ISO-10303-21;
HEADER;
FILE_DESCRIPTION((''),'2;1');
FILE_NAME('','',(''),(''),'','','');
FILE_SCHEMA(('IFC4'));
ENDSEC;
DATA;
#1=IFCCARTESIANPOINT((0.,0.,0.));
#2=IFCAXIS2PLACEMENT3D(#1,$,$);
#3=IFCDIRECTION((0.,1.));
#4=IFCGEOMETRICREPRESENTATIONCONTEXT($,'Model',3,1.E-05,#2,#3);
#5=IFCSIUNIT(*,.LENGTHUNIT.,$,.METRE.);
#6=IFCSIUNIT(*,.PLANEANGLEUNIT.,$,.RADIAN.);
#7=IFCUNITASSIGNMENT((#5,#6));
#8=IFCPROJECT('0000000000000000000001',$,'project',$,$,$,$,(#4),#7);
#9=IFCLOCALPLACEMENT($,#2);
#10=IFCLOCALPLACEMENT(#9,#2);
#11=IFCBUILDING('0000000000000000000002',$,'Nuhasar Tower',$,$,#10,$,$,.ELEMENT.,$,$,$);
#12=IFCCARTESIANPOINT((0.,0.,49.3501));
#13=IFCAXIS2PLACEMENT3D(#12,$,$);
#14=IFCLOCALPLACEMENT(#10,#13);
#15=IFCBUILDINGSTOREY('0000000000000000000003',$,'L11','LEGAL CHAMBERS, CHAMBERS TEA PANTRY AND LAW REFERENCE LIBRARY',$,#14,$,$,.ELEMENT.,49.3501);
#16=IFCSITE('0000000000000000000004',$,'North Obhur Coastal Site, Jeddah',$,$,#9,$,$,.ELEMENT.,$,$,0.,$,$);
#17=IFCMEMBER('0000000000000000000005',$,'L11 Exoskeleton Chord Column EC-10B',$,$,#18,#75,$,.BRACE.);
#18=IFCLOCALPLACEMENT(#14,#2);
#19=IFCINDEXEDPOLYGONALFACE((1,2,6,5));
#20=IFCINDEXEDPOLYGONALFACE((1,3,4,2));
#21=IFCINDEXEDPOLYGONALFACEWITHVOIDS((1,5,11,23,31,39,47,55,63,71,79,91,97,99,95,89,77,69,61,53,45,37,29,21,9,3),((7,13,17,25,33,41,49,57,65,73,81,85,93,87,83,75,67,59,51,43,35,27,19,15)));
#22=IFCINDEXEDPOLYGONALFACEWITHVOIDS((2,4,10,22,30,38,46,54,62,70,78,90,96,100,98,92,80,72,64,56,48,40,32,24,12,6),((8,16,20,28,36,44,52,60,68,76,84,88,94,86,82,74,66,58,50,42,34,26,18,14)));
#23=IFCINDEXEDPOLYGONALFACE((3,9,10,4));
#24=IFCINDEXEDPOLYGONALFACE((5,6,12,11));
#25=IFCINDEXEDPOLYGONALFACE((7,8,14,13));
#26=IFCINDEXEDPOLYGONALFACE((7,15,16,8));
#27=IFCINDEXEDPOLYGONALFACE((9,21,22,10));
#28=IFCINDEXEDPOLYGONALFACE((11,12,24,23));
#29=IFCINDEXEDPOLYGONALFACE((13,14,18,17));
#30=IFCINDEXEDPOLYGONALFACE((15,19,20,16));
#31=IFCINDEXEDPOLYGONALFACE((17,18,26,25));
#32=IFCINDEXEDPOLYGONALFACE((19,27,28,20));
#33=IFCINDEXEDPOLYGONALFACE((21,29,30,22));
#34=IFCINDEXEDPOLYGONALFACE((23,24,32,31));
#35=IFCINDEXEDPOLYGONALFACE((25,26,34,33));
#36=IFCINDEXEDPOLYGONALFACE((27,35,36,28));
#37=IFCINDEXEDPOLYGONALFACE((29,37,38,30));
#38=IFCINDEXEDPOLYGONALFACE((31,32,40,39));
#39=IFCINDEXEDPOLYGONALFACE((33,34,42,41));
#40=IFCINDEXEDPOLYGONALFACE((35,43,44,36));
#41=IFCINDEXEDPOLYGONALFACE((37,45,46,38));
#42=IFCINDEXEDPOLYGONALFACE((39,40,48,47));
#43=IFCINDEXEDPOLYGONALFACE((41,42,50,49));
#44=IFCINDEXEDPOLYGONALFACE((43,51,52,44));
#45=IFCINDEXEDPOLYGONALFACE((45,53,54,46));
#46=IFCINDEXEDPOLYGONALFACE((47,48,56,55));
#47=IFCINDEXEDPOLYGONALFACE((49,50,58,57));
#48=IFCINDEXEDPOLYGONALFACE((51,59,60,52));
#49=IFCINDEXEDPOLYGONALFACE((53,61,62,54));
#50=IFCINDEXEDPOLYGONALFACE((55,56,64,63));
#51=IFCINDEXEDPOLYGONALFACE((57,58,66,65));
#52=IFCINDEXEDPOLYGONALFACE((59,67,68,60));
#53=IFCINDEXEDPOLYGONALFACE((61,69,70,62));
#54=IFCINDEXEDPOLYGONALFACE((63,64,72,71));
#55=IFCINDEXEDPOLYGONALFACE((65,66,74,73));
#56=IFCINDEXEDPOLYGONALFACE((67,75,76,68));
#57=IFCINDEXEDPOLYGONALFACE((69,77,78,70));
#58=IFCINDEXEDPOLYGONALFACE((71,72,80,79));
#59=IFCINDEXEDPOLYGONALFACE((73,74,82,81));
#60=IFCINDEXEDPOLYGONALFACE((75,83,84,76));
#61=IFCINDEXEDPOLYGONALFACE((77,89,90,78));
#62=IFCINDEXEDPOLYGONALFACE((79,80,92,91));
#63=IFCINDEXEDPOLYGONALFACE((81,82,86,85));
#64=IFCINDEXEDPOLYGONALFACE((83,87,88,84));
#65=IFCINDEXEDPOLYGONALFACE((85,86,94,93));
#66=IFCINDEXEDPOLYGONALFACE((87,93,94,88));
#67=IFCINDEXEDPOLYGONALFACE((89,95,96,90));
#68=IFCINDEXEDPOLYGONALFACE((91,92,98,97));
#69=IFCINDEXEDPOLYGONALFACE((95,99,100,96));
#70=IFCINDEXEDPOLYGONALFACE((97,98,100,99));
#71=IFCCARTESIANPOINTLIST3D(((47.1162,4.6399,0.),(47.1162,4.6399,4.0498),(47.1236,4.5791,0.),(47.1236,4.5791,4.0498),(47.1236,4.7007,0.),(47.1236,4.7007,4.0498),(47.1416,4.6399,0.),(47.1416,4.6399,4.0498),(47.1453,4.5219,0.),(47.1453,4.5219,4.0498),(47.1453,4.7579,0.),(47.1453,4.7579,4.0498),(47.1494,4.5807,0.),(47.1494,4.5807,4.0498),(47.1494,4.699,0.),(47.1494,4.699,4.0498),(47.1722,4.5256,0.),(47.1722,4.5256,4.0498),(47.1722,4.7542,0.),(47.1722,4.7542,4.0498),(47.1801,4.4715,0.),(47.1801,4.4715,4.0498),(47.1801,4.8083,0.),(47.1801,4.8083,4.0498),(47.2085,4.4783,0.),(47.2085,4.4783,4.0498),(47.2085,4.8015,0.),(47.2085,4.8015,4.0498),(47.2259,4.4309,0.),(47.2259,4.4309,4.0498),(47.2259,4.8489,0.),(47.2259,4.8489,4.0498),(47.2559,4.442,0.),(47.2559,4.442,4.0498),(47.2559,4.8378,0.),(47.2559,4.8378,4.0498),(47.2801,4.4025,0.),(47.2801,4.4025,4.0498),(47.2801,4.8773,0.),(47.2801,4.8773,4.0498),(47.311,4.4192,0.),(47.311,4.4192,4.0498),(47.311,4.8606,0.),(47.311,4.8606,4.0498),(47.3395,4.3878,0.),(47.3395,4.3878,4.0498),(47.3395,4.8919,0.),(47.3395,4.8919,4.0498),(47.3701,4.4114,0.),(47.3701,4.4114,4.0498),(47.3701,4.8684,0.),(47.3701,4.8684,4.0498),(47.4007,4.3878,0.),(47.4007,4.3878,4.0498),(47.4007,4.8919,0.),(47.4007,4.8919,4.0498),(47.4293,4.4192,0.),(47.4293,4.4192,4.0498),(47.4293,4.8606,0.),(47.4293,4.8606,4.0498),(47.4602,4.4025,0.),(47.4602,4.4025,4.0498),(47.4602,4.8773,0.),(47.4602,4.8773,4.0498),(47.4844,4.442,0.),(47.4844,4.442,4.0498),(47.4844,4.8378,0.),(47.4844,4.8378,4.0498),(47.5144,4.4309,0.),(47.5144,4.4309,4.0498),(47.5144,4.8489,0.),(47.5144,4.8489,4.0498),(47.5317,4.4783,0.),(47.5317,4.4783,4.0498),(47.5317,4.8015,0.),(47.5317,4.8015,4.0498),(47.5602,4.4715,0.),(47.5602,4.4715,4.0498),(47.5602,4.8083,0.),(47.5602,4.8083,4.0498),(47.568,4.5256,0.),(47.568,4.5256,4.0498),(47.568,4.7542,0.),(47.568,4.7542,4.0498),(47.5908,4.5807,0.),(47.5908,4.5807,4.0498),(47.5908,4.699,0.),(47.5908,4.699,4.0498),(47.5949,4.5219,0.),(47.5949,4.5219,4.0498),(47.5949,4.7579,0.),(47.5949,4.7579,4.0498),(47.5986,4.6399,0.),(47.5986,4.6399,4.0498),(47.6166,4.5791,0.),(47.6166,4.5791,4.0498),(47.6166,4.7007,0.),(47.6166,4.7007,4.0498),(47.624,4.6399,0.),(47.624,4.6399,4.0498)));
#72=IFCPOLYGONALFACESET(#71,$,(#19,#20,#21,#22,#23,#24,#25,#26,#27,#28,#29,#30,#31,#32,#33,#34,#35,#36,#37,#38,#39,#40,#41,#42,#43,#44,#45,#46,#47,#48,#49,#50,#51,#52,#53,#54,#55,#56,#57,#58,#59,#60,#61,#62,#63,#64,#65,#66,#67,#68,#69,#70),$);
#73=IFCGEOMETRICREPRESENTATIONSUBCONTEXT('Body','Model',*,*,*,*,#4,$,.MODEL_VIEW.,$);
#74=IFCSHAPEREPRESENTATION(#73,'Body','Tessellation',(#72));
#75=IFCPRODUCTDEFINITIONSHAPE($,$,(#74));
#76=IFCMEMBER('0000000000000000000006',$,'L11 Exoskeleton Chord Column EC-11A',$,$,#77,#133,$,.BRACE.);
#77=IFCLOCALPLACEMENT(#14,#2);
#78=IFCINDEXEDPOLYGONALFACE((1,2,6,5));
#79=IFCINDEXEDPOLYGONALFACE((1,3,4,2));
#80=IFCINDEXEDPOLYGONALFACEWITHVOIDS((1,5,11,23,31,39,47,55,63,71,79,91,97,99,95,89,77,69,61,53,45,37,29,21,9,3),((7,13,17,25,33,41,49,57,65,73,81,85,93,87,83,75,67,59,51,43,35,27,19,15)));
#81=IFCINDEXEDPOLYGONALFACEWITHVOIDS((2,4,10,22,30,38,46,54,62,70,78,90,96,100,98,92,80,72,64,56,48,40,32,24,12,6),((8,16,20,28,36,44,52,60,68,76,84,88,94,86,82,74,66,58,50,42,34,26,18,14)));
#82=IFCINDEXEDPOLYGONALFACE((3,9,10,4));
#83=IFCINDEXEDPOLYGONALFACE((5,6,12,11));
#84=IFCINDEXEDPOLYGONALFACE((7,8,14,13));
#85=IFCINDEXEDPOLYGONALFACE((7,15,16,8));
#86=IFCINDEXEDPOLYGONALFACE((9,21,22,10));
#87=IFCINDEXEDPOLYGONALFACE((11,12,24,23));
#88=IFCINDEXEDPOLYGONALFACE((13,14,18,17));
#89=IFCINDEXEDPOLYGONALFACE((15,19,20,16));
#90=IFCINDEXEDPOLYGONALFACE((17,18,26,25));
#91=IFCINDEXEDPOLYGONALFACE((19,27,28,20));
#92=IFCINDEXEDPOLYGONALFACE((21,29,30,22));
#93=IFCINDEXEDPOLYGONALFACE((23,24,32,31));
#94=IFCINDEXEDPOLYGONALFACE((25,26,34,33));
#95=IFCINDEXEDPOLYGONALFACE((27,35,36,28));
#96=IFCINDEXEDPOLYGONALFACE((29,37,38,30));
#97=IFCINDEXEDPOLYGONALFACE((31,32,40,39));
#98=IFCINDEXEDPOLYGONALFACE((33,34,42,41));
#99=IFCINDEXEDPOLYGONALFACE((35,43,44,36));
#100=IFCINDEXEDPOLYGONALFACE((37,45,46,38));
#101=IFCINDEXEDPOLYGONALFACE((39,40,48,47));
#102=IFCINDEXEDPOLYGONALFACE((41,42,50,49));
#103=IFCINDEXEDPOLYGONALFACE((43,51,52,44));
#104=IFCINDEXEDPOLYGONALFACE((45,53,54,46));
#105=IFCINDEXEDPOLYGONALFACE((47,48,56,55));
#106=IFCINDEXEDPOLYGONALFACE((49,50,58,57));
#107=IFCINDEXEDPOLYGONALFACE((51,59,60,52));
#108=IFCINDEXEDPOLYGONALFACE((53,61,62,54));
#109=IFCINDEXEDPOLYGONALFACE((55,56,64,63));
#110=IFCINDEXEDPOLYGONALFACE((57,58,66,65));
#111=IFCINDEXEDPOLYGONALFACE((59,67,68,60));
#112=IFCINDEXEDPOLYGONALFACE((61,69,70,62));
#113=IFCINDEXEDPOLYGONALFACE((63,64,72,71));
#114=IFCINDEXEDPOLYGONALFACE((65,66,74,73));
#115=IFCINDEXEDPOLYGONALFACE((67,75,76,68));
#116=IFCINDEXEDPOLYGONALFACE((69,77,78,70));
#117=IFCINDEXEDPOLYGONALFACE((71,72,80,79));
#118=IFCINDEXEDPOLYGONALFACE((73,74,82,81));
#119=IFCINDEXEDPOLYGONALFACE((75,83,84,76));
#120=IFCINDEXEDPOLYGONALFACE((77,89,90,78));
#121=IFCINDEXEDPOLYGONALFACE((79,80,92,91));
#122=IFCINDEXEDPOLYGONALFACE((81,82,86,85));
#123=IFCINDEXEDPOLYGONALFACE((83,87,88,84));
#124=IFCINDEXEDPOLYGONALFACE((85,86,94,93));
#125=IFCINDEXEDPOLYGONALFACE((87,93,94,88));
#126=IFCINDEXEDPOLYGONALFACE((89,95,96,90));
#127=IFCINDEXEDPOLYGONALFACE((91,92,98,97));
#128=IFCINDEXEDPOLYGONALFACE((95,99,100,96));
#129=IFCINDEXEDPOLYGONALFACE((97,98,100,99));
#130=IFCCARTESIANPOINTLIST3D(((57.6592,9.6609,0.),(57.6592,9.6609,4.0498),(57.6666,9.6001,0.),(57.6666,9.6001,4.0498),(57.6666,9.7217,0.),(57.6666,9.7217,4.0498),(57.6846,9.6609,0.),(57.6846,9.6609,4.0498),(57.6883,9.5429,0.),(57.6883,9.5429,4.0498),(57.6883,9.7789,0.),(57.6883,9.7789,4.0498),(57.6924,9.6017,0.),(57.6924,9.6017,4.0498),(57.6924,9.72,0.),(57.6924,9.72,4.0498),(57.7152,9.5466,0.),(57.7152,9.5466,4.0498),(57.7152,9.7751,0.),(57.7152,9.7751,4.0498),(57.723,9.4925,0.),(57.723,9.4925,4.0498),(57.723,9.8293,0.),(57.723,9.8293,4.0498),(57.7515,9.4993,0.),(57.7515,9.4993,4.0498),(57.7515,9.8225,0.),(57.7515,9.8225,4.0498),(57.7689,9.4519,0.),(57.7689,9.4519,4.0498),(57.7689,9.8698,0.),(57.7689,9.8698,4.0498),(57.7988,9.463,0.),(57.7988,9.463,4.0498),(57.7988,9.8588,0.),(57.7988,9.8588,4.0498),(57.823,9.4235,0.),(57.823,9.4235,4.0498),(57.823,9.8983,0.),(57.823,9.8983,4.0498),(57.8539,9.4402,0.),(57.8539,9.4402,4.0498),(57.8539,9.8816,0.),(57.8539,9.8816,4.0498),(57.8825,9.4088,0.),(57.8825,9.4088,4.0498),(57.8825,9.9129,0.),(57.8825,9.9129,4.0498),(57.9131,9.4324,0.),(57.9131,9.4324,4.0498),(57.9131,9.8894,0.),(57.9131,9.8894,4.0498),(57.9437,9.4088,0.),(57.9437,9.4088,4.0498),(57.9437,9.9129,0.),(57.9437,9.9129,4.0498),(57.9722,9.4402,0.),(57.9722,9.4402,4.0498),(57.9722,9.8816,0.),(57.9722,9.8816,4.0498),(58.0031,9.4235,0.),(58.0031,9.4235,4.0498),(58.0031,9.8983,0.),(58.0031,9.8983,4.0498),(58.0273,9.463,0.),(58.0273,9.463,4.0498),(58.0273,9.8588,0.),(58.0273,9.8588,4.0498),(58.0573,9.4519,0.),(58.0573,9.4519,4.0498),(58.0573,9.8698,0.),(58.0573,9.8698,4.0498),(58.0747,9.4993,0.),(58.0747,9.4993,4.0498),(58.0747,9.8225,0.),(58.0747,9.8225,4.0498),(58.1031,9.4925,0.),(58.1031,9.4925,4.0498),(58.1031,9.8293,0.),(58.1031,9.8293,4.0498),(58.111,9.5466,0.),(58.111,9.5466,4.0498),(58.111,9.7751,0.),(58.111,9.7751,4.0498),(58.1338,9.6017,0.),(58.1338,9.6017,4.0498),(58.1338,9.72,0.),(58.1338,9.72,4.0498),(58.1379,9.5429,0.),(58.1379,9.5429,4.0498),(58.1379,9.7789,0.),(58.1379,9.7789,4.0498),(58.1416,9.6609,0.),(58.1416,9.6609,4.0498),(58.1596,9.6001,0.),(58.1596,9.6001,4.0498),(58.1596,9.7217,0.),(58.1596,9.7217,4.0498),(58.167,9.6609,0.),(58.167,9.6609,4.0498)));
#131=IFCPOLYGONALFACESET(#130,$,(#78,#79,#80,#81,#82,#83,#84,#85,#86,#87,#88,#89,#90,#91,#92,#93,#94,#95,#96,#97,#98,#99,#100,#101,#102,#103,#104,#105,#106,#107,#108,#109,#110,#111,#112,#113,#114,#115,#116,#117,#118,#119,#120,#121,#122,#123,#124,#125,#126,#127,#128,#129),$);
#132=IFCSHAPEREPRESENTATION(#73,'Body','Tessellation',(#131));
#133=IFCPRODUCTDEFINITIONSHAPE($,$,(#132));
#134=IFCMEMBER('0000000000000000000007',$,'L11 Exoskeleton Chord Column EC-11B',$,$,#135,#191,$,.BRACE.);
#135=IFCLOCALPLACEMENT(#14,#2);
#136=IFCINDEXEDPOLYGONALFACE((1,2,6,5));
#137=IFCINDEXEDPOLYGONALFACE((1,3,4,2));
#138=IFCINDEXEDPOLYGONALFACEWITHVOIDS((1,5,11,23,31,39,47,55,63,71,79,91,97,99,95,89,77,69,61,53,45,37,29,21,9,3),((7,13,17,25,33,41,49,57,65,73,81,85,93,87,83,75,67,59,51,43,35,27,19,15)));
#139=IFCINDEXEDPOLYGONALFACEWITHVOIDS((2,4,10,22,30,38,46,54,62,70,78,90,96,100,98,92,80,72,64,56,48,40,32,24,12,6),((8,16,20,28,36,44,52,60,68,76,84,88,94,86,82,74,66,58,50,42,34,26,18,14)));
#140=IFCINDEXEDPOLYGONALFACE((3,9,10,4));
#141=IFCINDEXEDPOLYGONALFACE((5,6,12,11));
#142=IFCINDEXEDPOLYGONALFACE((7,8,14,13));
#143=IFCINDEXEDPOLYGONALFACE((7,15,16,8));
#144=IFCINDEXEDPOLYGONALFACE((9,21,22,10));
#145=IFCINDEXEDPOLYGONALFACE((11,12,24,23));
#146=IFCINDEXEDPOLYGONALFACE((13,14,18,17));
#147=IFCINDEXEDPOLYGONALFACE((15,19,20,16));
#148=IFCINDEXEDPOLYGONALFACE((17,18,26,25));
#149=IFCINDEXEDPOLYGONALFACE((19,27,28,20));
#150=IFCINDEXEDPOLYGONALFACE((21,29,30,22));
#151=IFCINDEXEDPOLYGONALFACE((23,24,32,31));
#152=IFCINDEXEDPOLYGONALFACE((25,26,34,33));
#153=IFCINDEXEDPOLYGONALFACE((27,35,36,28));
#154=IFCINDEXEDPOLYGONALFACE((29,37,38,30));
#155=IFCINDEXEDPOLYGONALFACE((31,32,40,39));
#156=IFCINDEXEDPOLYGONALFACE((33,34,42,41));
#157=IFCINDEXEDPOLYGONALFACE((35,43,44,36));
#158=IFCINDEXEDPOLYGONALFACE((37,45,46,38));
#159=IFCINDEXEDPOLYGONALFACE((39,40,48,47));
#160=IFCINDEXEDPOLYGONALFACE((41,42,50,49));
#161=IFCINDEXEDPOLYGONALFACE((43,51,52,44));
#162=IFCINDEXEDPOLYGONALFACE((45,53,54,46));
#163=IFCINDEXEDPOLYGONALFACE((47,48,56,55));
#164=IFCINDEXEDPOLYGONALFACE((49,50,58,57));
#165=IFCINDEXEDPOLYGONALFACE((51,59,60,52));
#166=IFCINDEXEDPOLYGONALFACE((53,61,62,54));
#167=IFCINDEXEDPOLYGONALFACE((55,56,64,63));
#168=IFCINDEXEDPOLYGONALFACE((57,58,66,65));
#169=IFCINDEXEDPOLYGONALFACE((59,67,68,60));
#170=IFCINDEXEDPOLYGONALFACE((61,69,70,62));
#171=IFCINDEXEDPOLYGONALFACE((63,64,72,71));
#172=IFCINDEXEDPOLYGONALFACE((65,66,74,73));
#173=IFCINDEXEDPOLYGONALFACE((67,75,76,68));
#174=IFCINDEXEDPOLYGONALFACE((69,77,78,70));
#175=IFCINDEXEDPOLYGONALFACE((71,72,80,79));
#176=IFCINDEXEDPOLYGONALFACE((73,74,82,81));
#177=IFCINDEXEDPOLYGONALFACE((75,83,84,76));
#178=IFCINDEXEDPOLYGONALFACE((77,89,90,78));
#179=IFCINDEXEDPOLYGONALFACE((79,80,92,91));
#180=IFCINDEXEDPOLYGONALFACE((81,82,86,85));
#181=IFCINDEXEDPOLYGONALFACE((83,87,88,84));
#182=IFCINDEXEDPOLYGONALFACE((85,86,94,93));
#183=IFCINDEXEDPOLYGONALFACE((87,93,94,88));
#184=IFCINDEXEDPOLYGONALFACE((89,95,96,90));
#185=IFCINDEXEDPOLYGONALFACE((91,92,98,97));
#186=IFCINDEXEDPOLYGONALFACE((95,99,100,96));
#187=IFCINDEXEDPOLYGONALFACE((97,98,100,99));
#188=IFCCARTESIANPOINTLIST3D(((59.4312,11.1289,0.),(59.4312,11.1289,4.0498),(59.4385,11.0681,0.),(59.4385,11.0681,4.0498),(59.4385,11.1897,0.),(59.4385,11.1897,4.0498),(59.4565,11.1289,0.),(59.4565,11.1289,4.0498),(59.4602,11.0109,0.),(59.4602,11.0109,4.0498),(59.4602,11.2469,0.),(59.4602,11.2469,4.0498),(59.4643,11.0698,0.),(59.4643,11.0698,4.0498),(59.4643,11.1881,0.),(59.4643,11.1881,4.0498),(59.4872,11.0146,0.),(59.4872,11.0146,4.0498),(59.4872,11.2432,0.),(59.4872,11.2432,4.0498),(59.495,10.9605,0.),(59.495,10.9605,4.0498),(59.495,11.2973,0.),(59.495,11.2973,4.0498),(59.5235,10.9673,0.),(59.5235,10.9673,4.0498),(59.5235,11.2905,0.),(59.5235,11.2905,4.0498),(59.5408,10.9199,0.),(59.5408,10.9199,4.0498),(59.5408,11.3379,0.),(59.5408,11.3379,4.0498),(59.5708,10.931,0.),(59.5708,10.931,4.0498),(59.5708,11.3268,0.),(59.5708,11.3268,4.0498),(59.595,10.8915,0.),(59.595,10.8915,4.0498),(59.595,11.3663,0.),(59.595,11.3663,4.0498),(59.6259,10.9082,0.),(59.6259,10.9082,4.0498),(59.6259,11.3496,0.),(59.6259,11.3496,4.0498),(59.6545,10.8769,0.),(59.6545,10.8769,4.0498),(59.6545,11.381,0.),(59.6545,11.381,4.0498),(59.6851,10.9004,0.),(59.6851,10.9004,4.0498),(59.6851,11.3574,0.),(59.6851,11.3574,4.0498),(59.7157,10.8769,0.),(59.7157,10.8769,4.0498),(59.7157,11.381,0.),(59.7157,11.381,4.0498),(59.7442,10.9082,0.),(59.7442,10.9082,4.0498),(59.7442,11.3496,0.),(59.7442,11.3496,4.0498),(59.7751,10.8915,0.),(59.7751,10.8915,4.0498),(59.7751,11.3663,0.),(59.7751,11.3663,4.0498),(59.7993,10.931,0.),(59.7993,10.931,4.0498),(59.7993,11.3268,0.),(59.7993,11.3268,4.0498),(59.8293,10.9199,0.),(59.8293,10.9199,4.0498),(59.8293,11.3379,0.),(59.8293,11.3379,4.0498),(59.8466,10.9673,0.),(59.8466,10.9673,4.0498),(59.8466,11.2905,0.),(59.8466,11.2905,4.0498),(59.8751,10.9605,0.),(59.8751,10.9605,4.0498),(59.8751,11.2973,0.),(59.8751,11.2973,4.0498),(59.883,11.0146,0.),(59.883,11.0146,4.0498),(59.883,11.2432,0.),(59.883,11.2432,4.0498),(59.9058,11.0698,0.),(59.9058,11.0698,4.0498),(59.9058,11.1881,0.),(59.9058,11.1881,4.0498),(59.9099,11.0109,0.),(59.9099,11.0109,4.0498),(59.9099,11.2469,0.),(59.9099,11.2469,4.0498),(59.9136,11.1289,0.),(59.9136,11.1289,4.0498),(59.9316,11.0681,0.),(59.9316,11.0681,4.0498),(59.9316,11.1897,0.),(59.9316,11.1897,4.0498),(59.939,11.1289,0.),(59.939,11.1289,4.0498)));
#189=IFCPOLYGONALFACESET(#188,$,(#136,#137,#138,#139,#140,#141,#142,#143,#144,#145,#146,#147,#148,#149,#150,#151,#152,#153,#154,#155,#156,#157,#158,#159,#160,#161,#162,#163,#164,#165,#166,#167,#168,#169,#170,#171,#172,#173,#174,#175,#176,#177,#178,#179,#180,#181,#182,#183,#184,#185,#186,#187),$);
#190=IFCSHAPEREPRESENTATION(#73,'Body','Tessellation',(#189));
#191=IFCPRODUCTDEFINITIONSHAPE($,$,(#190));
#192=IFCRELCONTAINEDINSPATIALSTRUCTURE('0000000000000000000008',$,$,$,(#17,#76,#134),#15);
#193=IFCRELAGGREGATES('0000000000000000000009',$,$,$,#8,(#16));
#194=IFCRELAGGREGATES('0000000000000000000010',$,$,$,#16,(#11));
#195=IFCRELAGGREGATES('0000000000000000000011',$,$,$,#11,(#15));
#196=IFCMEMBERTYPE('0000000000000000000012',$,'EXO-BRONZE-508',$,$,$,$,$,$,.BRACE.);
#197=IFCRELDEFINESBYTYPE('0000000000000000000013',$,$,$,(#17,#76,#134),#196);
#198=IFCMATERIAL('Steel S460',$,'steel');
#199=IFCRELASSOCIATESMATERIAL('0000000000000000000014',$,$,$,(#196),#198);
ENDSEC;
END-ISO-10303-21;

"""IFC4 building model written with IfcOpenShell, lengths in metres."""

from ifc_helpers import new_model, si_unit, direction, frame, origin, origin_2d, place, context, subcontext, project, spatial, hollow_circle, extrude, material, material_profile, profile_set, type_object, element, save


model = new_model("IFC4")

# Units and contexts
model_context = context("Model", 3, precision=1e-05, world=origin(), true_north=direction((0.0, 1.0)))
body_context = subcontext(model_context, "Body", "Model", "MODEL_VIEW")
ifc_project = project(units=[si_unit("LENGTHUNIT", "METRE"), si_unit("PLANEANGLEUNIT", "RADIAN")], contexts=[model_context])

# Site, building, storey
site_placement = place(None, origin())
site = spatial("IfcSite", under=ifc_project, at=site_placement, Name="North Obhur Coastal Site, Jeddah", CompositionType="ELEMENT", RefElevation=0.0)
building_placement = place(site_placement, origin())
building = spatial("IfcBuilding", under=site, at=building_placement, Name="Nuhasar Tower", CompositionType="ELEMENT")
storey_placement = place(building_placement, frame((0.0, 0.0, 49.3501)))
storey = spatial("IfcBuildingStorey", under=building, at=storey_placement, Name="L11", Description="LEGAL CHAMBERS, CHAMBERS TEA PANTRY AND LAW REFERENCE LIBRARY", CompositionType="ELEMENT", Elevation=49.3501)

# Members
ifc_material_1 = material(Name="Steel S460", Category="steel")
ifc_material_profile_1 = material_profile(ifc_material_1, hollow_circle(Radius=0.2539, WallThickness=0.0254, at=origin_2d()), Name="HSS508X25.4")
ifc_profile_set_1 = profile_set([ifc_material_profile_1], Name="Steel S460")
member_type_1 = type_object("IfcMemberType", Name="EXO-BRONZE-508", PredefinedType="BRACE", material=ifc_profile_set_1)
for number, where, z_axis, x_axis, name in (
    (1, (47.3701, 4.6399, 0.0), (0.0, 0.0, 1.0), (1.0, 0.0, 0.0), "L11 Exoskeleton Chord Column EC-10B"),
    (2, (57.9131, 9.6609, 0.0), (0.0, 0.0, 1.0), (1.0, 0.0, 0.0), "L11 Exoskeleton Chord Column EC-11A"),
    (3, (59.6851, 11.1289, 0.0), (0.0, 0.0, 1.0), (1.0, 0.0, 0.0), "L11 Exoskeleton Chord Column EC-11B"),
):
    element("IfcMember", number, at=place(storey_placement, frame(where, z_axis=z_axis, x_axis=x_axis)), inside=storey, type_object=member_type_1, Name=name, PredefinedType="BRACE", context=body_context, shape_type="SweptSolid", body=[
        extrude(hollow_circle(Radius=0.2539, WallThickness=0.0254, at=origin_2d()), origin(), (0.0, 0.0, 1.0), 4.0498),
    ])

save(model, "model.ifc")
